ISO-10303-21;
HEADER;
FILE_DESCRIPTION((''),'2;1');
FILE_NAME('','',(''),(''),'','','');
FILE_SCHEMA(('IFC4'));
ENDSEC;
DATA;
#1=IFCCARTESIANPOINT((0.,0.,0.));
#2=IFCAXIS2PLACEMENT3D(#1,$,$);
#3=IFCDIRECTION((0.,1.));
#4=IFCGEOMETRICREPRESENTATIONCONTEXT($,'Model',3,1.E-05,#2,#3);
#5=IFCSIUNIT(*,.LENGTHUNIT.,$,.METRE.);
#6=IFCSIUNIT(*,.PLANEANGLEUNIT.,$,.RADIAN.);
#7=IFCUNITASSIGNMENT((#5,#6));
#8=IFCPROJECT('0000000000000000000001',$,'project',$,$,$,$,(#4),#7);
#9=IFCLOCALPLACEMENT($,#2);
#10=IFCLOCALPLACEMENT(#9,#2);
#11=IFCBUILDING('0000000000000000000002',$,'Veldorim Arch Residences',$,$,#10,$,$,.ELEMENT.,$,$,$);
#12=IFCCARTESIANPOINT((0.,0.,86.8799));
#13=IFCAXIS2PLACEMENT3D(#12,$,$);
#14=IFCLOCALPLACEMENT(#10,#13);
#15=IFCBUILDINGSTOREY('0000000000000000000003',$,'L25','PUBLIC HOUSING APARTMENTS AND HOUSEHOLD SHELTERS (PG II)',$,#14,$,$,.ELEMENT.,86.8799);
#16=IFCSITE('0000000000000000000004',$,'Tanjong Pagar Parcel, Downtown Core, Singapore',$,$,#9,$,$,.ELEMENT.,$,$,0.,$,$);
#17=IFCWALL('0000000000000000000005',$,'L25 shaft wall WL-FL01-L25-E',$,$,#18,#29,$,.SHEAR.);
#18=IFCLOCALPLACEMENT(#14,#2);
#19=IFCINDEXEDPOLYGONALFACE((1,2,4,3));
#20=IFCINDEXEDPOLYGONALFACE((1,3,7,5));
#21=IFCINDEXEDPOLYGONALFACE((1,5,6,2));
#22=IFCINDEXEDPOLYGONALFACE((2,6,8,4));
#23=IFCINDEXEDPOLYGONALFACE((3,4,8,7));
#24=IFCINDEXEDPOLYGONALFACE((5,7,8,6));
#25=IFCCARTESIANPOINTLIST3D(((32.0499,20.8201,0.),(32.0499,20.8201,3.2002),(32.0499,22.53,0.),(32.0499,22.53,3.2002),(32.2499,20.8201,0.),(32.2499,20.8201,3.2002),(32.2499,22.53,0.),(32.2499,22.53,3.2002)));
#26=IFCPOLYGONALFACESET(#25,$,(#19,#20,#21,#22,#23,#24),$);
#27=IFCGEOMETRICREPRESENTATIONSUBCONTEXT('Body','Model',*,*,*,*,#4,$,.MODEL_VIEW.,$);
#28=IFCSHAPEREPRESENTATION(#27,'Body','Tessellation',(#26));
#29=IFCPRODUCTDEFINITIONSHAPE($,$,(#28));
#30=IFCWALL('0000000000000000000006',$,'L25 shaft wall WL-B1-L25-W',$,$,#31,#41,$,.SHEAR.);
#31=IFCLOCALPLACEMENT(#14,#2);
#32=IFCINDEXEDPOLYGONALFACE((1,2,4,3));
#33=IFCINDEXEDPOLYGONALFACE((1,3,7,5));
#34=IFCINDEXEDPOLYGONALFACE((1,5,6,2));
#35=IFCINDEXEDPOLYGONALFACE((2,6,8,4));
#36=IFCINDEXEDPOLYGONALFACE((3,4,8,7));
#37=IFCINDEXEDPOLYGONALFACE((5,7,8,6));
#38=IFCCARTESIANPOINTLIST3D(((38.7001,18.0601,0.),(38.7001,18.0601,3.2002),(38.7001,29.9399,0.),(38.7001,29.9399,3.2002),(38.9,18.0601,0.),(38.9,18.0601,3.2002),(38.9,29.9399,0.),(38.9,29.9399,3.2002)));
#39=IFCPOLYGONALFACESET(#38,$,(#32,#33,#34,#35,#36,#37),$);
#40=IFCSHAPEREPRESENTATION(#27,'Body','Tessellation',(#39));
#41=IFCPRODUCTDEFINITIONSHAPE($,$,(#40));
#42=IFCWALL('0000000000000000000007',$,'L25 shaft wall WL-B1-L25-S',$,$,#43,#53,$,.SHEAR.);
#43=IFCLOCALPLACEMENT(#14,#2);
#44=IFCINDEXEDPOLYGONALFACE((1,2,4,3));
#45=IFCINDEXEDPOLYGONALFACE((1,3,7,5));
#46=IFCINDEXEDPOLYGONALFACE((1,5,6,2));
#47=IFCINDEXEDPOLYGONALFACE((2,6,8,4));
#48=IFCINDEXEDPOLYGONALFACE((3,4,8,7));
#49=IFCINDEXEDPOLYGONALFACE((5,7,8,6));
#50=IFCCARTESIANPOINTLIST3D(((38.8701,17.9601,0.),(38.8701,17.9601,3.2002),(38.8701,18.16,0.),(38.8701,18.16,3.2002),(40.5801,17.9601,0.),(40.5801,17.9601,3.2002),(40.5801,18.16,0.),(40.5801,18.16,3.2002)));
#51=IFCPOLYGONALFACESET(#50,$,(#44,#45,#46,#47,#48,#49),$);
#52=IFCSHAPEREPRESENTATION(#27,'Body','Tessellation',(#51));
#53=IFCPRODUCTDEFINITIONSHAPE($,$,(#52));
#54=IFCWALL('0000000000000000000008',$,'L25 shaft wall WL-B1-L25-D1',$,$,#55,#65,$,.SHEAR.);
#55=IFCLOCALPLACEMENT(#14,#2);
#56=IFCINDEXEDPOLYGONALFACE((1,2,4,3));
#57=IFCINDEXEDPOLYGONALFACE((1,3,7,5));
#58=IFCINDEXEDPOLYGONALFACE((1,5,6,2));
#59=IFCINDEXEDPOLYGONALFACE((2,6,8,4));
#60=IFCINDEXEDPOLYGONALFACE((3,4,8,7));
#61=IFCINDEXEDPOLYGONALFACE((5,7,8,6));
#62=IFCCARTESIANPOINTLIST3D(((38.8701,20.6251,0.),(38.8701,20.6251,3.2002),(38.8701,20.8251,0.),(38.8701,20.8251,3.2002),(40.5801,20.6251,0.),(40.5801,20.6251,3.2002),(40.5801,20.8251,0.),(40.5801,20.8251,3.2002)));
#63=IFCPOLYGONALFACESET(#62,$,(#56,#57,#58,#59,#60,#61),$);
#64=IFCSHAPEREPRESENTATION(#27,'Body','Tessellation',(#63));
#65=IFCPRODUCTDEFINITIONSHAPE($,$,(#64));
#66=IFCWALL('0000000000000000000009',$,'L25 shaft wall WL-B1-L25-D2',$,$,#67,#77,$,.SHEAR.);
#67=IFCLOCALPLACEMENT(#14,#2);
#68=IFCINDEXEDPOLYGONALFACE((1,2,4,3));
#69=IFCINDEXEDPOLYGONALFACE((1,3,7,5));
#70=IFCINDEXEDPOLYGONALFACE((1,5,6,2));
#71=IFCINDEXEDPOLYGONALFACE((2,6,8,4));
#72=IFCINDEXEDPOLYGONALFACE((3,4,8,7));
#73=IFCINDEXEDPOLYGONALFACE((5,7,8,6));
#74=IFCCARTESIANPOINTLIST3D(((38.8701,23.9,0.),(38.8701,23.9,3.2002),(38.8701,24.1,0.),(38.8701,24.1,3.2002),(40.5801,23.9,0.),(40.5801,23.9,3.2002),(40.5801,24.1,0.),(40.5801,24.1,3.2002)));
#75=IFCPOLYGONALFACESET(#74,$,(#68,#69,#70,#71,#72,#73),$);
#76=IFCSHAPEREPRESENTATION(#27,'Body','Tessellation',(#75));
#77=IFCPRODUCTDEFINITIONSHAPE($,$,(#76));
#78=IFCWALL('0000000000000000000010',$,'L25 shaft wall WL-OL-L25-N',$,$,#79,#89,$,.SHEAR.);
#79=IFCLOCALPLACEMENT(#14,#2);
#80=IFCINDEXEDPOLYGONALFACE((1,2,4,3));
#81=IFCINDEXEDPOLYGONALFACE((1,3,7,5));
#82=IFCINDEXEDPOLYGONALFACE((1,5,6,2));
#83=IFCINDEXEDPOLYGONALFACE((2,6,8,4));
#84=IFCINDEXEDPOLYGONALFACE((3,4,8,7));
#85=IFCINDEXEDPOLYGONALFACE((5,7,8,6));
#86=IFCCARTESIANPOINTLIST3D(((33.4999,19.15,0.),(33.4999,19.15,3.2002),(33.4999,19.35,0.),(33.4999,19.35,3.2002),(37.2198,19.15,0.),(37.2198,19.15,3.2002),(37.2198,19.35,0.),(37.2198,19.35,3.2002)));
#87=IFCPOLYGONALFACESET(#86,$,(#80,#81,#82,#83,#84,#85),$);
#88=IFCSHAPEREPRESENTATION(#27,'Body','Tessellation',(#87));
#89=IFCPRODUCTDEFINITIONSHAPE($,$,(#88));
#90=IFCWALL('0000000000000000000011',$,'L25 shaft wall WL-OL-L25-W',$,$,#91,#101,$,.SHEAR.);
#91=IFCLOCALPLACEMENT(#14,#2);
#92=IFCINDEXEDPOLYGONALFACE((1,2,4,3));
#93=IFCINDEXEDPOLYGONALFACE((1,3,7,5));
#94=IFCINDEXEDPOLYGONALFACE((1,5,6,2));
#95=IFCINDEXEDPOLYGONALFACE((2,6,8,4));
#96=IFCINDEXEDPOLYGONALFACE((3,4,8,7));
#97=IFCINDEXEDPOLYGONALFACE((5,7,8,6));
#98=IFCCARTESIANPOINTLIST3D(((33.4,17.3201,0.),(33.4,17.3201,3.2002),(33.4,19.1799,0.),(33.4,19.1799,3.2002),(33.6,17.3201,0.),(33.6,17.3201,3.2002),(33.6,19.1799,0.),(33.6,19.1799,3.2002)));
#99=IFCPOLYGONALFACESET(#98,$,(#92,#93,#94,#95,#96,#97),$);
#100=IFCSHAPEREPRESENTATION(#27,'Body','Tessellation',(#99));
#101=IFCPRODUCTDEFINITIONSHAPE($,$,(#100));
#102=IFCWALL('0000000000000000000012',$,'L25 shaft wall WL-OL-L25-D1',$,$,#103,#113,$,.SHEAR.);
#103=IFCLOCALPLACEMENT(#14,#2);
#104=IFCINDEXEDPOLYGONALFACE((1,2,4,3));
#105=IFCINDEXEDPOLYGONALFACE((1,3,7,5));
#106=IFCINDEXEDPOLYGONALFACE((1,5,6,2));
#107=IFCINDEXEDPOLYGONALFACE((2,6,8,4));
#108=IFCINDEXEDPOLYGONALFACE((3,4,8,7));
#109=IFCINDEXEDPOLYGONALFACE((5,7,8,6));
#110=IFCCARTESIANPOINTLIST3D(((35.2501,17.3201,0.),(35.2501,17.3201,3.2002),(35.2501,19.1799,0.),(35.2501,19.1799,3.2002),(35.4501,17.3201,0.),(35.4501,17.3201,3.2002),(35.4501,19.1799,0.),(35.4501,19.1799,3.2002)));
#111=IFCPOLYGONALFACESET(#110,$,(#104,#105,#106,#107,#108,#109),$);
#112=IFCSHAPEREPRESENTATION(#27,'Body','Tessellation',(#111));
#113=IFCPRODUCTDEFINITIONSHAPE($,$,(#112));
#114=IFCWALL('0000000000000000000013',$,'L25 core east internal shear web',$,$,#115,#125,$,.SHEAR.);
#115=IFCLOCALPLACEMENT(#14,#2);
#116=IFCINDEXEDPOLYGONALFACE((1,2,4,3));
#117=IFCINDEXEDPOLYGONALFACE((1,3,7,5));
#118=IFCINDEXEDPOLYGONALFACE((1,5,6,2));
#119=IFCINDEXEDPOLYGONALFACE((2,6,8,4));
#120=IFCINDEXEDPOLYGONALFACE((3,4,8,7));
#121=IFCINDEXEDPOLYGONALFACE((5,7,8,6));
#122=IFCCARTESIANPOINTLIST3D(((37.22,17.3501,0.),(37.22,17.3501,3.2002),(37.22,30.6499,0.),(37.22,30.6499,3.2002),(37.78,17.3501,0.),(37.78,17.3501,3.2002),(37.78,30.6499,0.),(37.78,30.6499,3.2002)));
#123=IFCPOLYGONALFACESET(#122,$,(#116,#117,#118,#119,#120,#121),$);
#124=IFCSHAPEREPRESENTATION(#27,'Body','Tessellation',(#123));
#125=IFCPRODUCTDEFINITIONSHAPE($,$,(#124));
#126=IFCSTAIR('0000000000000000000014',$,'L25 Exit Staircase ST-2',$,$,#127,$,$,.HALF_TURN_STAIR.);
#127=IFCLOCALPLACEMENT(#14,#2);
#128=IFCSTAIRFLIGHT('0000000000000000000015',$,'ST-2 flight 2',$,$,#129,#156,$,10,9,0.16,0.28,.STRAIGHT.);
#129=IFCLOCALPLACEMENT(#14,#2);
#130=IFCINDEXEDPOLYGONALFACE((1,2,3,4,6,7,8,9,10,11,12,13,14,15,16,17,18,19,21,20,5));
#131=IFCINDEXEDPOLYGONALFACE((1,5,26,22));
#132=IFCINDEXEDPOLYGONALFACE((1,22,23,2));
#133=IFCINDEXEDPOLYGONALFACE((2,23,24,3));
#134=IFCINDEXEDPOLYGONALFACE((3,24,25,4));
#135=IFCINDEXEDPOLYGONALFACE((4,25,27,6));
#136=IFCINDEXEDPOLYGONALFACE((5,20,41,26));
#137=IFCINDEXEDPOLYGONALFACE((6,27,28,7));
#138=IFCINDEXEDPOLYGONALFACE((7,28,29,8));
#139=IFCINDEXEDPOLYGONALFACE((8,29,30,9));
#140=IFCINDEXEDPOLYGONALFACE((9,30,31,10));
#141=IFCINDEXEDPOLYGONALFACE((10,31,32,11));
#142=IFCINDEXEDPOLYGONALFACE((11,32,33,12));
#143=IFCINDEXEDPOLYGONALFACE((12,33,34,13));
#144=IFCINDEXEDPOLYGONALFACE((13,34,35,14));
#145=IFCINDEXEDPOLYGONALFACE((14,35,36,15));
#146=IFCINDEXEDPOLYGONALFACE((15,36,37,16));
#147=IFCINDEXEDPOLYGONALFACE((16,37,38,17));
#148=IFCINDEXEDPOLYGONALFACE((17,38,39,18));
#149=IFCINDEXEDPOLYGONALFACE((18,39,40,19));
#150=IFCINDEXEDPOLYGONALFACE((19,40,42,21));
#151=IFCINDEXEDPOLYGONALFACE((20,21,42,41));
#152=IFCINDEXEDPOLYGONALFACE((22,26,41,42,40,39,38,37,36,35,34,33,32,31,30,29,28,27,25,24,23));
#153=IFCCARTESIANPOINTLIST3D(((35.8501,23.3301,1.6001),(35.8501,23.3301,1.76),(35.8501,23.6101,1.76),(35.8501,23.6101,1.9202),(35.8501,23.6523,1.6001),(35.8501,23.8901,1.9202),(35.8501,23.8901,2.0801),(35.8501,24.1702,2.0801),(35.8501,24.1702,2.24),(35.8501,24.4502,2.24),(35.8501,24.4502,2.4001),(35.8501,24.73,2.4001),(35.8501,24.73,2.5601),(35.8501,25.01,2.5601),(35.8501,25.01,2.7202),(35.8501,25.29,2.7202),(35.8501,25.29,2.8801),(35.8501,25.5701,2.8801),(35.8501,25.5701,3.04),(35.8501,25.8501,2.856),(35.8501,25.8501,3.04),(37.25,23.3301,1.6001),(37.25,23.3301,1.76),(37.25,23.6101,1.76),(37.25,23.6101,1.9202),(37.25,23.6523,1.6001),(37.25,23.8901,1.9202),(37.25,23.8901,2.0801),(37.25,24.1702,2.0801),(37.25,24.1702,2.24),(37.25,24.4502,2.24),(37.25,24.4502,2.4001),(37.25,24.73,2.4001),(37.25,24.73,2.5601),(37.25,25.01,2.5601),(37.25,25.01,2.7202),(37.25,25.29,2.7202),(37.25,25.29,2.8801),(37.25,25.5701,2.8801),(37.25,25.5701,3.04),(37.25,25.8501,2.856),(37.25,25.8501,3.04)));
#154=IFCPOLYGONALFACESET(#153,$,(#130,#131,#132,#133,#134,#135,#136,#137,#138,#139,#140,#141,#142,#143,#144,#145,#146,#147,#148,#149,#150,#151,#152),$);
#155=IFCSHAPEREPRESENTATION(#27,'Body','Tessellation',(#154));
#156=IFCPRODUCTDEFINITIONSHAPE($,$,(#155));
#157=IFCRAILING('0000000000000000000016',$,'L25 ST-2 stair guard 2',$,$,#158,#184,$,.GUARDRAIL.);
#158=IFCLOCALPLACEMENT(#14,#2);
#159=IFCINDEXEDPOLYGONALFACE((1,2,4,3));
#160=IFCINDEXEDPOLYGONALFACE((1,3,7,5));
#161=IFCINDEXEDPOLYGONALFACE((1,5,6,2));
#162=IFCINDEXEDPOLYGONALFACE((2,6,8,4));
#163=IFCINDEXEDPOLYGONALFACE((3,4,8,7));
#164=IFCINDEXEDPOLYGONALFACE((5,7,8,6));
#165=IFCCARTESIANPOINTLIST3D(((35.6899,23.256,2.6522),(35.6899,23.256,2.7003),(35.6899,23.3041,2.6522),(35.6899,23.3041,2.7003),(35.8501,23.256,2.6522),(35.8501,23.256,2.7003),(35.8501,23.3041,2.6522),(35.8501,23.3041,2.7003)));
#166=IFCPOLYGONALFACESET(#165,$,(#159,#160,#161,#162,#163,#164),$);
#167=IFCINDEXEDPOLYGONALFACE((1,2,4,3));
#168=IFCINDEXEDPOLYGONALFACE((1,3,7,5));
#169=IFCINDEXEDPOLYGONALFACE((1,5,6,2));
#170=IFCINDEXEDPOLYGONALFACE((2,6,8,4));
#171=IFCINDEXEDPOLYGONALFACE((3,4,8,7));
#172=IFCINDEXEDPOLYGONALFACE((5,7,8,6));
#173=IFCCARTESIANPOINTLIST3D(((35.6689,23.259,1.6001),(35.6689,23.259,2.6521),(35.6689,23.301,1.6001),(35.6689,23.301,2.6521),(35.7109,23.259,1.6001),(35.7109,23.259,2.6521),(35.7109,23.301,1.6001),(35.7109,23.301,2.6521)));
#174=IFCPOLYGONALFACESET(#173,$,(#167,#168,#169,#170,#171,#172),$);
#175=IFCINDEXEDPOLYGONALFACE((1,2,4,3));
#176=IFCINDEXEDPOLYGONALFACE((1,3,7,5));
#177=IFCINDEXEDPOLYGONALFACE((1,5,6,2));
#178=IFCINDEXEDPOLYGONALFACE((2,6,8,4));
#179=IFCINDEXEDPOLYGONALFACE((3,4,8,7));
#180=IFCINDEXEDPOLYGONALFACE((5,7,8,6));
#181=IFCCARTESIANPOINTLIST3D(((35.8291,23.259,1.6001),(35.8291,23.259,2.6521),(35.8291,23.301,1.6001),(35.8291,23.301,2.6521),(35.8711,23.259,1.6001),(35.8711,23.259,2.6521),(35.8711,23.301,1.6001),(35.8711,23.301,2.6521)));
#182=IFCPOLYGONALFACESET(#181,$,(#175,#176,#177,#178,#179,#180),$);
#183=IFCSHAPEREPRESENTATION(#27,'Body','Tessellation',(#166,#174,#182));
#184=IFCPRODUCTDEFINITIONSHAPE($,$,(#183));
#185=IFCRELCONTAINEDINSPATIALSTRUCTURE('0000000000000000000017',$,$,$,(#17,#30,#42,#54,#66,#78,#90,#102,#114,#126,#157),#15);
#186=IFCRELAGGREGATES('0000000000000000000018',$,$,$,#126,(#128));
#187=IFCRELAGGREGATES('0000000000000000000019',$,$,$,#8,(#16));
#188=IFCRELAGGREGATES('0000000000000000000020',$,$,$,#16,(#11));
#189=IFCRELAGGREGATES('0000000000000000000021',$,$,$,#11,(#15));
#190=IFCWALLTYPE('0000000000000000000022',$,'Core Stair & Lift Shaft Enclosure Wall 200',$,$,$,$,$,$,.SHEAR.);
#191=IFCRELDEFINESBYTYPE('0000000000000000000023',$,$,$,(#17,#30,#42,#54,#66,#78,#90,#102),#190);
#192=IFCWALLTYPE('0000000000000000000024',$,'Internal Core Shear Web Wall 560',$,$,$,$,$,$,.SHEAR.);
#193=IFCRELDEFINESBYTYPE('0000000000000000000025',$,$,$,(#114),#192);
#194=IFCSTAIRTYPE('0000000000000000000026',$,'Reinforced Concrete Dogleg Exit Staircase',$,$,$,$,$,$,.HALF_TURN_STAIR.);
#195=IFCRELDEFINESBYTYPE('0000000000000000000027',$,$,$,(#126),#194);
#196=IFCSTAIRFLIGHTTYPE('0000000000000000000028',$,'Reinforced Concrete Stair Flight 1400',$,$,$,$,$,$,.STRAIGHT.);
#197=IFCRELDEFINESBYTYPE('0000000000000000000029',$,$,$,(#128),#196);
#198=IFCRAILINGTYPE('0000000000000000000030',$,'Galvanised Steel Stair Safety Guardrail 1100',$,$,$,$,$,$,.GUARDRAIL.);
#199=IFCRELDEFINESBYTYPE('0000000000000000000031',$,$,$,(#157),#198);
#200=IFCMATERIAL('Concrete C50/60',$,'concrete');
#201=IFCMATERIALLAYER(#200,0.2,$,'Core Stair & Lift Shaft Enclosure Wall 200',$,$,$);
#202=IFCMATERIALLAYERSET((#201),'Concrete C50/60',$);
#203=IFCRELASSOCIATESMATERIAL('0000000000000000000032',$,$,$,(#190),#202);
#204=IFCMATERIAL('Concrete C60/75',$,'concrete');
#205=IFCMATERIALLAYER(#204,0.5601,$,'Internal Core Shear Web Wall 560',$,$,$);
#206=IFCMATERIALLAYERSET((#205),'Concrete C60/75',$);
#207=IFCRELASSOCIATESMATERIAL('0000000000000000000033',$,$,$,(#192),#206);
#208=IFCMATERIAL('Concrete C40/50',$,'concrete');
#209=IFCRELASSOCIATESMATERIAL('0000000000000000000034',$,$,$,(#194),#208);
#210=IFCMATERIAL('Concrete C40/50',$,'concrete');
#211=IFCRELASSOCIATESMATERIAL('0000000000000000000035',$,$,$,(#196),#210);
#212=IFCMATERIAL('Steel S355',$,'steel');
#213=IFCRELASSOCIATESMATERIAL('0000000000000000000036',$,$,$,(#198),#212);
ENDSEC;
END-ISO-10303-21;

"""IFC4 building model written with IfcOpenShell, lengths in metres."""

from ifc_helpers import new_model, si_unit, direction, frame, frame_2d, origin, origin_2d, place, context, subcontext, project, spatial, polyline, rectangle, outline, extrude, material, layer, layer_set, type_object, element, aggregate, save


model = new_model("IFC4")

# Units and contexts
model_context = context("Model", 3, precision=1e-05, world=origin(), true_north=direction((0.0, 1.0)))
body_context = subcontext(model_context, "Body", "Model", "MODEL_VIEW")
ifc_project = project(units=[si_unit("LENGTHUNIT", "METRE"), si_unit("PLANEANGLEUNIT", "RADIAN")], contexts=[model_context])

# Site, building, storey
site_placement = place(None, origin())
site = spatial("IfcSite", under=ifc_project, at=site_placement, Name="Tanjong Pagar Parcel, Downtown Core, Singapore", CompositionType="ELEMENT", RefElevation=0.0)
building_placement = place(site_placement, origin())
building = spatial("IfcBuilding", under=site, at=building_placement, Name="Veldorim Arch Residences", CompositionType="ELEMENT")
storey_placement = place(building_placement, frame((0.0, 0.0, 86.8799)))
storey = spatial("IfcBuildingStorey", under=building, at=storey_placement, Name="L25", Description="PUBLIC HOUSING APARTMENTS AND HOUSEHOLD SHELTERS (PG II)", CompositionType="ELEMENT", Elevation=86.8799)

# Walls
ifc_material_1 = material(Name="Concrete C50/60", Category="concrete")
ifc_layer_1 = layer(ifc_material_1, 0.2, Name="Core Stair & Lift Shaft Enclosure Wall 200")
ifc_layer_set_1 = layer_set([ifc_layer_1], Name="Concrete C50/60")
wall_type_1 = type_object("IfcWallType", Name="Core Stair & Lift Shaft Enclosure Wall 200", PredefinedType="SHEAR", material=ifc_layer_set_1)
wall_1_placement = place(storey_placement, frame((32.1499, 20.8201, 0.0), z_axis=(0.0, 0.0, 1.0), x_axis=(0.0, 1.0, 0.0)))
element("IfcWall", 1, at=wall_1_placement, inside=storey, type_object=wall_type_1, Name="L25 shaft wall WL-FL01-L25-E", PredefinedType="SHEAR", context=body_context, shape_type="SweptSolid", body=[
    extrude(rectangle(XDim=1.71, YDim=0.2, at=frame_2d((0.855, 0.0))), origin(), (0.0, 0.0, 1.0), 3.2002),
])
wall_2_placement = place(storey_placement, frame((38.8, 18.0601, 0.0), z_axis=(0.0, 0.0, 1.0), x_axis=(0.0, 1.0, 0.0)))
element("IfcWall", 2, at=wall_2_placement, inside=storey, type_object=wall_type_1, Name="L25 shaft wall WL-B1-L25-W", PredefinedType="SHEAR", context=body_context, shape_type="SweptSolid", body=[
    extrude(rectangle(XDim=11.8799, YDim=0.2, at=frame_2d((5.9399, 0.0))), origin(), (0.0, 0.0, 1.0), 3.2002),
])
for number, where, z_axis, x_axis, name in (
    (3, (38.8701, 18.0601, 0.0), (0.0, 0.0, 1.0), (1.0, 0.0, 0.0), "L25 shaft wall WL-B1-L25-S"),
    (4, (38.8701, 20.7251, 0.0), (0.0, 0.0, 1.0), (1.0, 0.0, 0.0), "L25 shaft wall WL-B1-L25-D1"),
    (5, (38.8701, 24.0, 0.0), (0.0, 0.0, 1.0), (1.0, 0.0, 0.0), "L25 shaft wall WL-B1-L25-D2"),
):
    element("IfcWall", number, at=place(storey_placement, frame(where, z_axis=z_axis, x_axis=x_axis)), inside=storey, type_object=wall_type_1, Name=name, PredefinedType="SHEAR", context=body_context, shape_type="SweptSolid", body=[
        extrude(rectangle(XDim=1.71, YDim=0.2, at=frame_2d((0.855, 0.0))), origin(), (0.0, 0.0, 1.0), 3.2002),
    ])
wall_3_placement = place(storey_placement, frame((33.5, 19.25, 0.0), z_axis=(0.0, 0.0, 1.0), x_axis=(1.0, 0.0, 0.0)))
element("IfcWall", 6, at=wall_3_placement, inside=storey, type_object=wall_type_1, Name="L25 shaft wall WL-OL-L25-N", PredefinedType="SHEAR", context=body_context, shape_type="SweptSolid", body=[
    extrude(rectangle(XDim=3.72, YDim=0.2, at=frame_2d((1.8599, 0.0))), origin(), (0.0, 0.0, 1.0), 3.2002),
])
for number, where, z_axis, x_axis, name in (
    (7, (33.5, 17.3201, 0.0), (0.0, 0.0, 1.0), (0.0, 1.0, 0.0), "L25 shaft wall WL-OL-L25-W"),
    (8, (35.3501, 17.3201, 0.0), (0.0, 0.0, 1.0), (0.0, 1.0, 0.0), "L25 shaft wall WL-OL-L25-D1"),
):
    element("IfcWall", number, at=place(storey_placement, frame(where, z_axis=z_axis, x_axis=x_axis)), inside=storey, type_object=wall_type_1, Name=name, PredefinedType="SHEAR", context=body_context, shape_type="SweptSolid", body=[
        extrude(rectangle(XDim=1.8599, YDim=0.2, at=frame_2d((0.9299, 0.0))), origin(), (0.0, 0.0, 1.0), 3.2002),
    ])
ifc_material_2 = material(Name="Concrete C60/75", Category="concrete")
ifc_layer_2 = layer(ifc_material_2, 0.5601, Name="Internal Core Shear Web Wall 560")
ifc_layer_set_2 = layer_set([ifc_layer_2], Name="Concrete C60/75")
wall_type_2 = type_object("IfcWallType", Name="Internal Core Shear Web Wall 560", PredefinedType="SHEAR", material=ifc_layer_set_2)
wall_4_placement = place(storey_placement, frame((37.5, 17.3501, 0.0), z_axis=(0.0, 0.0, 1.0), x_axis=(0.0, 1.0, 0.0)))
element("IfcWall", 9, at=wall_4_placement, inside=storey, type_object=wall_type_2, Name="L25 core east internal shear web", PredefinedType="SHEAR", context=body_context, shape_type="SweptSolid", body=[
    extrude(rectangle(XDim=13.2998, YDim=0.5601, at=frame_2d((6.6499, 0.0))), origin(), (0.0, 0.0, 1.0), 3.2002),
])

# Stair, stair flight
ifc_material_3 = material(Name="Concrete C40/50", Category="concrete")
stair_type = type_object("IfcStairType", Name="Reinforced Concrete Dogleg Exit Staircase", PredefinedType="HALF_TURN_STAIR", material=ifc_material_3)
stair_placement = place(storey_placement, origin())
stair = element("IfcStair", 10, at=stair_placement, inside=storey, type_object=stair_type, Name="L25 Exit Staircase ST-2", PredefinedType="HALF_TURN_STAIR")
ifc_material_4 = material(Name="Concrete C40/50", Category="concrete")
stair_flight_type = type_object("IfcStairFlightType", Name="Reinforced Concrete Stair Flight 1400", PredefinedType="STRAIGHT", material=ifc_material_4)
stair_flight_placement = place(storey_placement, frame((36.55, 23.3301, 1.6001), z_axis=(0.0, 0.0, 1.0), x_axis=(0.0, 1.0, 0.0)))
stair_flight = element("IfcStairFlight", 11, at=stair_flight_placement, type_object=stair_flight_type, Name="ST-2 flight 2", NumberOfRisers=10, NumberOfTreads=9, PredefinedType="STRAIGHT", RiserHeight=0.16, TreadLength=0.28, context=body_context, shape_type="SweptSolid", body=[
    extrude(outline(polyline([(0.0, 0.0), (0.0, 0.1599), (0.28, 0.1599), (0.28, 0.3201), (0.5601, 0.3201), (0.5601, 0.48), (0.8401, 0.48), (0.8401, 0.6399), (1.1201, 0.6399), (1.1201, 0.8), (1.3999, 0.8), (1.3999, 0.96), (1.6799, 0.96), (1.6799, 1.1201), (1.96, 1.1201), (1.96, 1.28), (2.24, 1.28), (2.24, 1.4399), (2.52, 1.4399), (2.52, 1.6001), (2.52, 1.2559), (0.3223, 0.0), (0.0, 0.0)])), frame((0.0, 0.7, 0.0), z_axis=(0.0, -1.0, 0.0), x_axis=(1.0, 0.0, 0.0)), (0.0, 0.0, 1.0), 1.3999),
])
aggregate(stair, [stair_flight])

# Railing
ifc_material_5 = material(Name="Steel S355", Category="steel")
railing_type_1 = type_object("IfcRailingType", Name="Galvanised Steel Stair Safety Guardrail 1100", PredefinedType="GUARDRAIL", material=ifc_material_5)
railing_1_placement = place(storey_placement, frame((35.6899, 23.28, 1.6001)))
element("IfcRailing", 12, at=railing_1_placement, inside=storey, type_object=railing_type_1, Name="L25 ST-2 stair guard 2", PredefinedType="GUARDRAIL", context=body_context, shape_type="SweptSolid", body=[
    extrude(rectangle(XDim=0.0481, YDim=0.0481, at=origin_2d()), frame((0.0, 0.0, 1.0762), z_axis=(1.0, 0.0, 0.0), x_axis=(0.0, 1.0, 0.0)), (0.0, 0.0, 1.0), 0.1602),
    extrude(rectangle(XDim=0.042, YDim=0.042, at=origin_2d()), origin(), (0.0, 0.0, 1.0), 1.052),
    extrude(rectangle(XDim=0.042, YDim=0.042, at=origin_2d()), frame((0.1602, 0.0, 0.0)), (0.0, 0.0, 1.0), 1.052),
])

save(model, "model.ifc")
